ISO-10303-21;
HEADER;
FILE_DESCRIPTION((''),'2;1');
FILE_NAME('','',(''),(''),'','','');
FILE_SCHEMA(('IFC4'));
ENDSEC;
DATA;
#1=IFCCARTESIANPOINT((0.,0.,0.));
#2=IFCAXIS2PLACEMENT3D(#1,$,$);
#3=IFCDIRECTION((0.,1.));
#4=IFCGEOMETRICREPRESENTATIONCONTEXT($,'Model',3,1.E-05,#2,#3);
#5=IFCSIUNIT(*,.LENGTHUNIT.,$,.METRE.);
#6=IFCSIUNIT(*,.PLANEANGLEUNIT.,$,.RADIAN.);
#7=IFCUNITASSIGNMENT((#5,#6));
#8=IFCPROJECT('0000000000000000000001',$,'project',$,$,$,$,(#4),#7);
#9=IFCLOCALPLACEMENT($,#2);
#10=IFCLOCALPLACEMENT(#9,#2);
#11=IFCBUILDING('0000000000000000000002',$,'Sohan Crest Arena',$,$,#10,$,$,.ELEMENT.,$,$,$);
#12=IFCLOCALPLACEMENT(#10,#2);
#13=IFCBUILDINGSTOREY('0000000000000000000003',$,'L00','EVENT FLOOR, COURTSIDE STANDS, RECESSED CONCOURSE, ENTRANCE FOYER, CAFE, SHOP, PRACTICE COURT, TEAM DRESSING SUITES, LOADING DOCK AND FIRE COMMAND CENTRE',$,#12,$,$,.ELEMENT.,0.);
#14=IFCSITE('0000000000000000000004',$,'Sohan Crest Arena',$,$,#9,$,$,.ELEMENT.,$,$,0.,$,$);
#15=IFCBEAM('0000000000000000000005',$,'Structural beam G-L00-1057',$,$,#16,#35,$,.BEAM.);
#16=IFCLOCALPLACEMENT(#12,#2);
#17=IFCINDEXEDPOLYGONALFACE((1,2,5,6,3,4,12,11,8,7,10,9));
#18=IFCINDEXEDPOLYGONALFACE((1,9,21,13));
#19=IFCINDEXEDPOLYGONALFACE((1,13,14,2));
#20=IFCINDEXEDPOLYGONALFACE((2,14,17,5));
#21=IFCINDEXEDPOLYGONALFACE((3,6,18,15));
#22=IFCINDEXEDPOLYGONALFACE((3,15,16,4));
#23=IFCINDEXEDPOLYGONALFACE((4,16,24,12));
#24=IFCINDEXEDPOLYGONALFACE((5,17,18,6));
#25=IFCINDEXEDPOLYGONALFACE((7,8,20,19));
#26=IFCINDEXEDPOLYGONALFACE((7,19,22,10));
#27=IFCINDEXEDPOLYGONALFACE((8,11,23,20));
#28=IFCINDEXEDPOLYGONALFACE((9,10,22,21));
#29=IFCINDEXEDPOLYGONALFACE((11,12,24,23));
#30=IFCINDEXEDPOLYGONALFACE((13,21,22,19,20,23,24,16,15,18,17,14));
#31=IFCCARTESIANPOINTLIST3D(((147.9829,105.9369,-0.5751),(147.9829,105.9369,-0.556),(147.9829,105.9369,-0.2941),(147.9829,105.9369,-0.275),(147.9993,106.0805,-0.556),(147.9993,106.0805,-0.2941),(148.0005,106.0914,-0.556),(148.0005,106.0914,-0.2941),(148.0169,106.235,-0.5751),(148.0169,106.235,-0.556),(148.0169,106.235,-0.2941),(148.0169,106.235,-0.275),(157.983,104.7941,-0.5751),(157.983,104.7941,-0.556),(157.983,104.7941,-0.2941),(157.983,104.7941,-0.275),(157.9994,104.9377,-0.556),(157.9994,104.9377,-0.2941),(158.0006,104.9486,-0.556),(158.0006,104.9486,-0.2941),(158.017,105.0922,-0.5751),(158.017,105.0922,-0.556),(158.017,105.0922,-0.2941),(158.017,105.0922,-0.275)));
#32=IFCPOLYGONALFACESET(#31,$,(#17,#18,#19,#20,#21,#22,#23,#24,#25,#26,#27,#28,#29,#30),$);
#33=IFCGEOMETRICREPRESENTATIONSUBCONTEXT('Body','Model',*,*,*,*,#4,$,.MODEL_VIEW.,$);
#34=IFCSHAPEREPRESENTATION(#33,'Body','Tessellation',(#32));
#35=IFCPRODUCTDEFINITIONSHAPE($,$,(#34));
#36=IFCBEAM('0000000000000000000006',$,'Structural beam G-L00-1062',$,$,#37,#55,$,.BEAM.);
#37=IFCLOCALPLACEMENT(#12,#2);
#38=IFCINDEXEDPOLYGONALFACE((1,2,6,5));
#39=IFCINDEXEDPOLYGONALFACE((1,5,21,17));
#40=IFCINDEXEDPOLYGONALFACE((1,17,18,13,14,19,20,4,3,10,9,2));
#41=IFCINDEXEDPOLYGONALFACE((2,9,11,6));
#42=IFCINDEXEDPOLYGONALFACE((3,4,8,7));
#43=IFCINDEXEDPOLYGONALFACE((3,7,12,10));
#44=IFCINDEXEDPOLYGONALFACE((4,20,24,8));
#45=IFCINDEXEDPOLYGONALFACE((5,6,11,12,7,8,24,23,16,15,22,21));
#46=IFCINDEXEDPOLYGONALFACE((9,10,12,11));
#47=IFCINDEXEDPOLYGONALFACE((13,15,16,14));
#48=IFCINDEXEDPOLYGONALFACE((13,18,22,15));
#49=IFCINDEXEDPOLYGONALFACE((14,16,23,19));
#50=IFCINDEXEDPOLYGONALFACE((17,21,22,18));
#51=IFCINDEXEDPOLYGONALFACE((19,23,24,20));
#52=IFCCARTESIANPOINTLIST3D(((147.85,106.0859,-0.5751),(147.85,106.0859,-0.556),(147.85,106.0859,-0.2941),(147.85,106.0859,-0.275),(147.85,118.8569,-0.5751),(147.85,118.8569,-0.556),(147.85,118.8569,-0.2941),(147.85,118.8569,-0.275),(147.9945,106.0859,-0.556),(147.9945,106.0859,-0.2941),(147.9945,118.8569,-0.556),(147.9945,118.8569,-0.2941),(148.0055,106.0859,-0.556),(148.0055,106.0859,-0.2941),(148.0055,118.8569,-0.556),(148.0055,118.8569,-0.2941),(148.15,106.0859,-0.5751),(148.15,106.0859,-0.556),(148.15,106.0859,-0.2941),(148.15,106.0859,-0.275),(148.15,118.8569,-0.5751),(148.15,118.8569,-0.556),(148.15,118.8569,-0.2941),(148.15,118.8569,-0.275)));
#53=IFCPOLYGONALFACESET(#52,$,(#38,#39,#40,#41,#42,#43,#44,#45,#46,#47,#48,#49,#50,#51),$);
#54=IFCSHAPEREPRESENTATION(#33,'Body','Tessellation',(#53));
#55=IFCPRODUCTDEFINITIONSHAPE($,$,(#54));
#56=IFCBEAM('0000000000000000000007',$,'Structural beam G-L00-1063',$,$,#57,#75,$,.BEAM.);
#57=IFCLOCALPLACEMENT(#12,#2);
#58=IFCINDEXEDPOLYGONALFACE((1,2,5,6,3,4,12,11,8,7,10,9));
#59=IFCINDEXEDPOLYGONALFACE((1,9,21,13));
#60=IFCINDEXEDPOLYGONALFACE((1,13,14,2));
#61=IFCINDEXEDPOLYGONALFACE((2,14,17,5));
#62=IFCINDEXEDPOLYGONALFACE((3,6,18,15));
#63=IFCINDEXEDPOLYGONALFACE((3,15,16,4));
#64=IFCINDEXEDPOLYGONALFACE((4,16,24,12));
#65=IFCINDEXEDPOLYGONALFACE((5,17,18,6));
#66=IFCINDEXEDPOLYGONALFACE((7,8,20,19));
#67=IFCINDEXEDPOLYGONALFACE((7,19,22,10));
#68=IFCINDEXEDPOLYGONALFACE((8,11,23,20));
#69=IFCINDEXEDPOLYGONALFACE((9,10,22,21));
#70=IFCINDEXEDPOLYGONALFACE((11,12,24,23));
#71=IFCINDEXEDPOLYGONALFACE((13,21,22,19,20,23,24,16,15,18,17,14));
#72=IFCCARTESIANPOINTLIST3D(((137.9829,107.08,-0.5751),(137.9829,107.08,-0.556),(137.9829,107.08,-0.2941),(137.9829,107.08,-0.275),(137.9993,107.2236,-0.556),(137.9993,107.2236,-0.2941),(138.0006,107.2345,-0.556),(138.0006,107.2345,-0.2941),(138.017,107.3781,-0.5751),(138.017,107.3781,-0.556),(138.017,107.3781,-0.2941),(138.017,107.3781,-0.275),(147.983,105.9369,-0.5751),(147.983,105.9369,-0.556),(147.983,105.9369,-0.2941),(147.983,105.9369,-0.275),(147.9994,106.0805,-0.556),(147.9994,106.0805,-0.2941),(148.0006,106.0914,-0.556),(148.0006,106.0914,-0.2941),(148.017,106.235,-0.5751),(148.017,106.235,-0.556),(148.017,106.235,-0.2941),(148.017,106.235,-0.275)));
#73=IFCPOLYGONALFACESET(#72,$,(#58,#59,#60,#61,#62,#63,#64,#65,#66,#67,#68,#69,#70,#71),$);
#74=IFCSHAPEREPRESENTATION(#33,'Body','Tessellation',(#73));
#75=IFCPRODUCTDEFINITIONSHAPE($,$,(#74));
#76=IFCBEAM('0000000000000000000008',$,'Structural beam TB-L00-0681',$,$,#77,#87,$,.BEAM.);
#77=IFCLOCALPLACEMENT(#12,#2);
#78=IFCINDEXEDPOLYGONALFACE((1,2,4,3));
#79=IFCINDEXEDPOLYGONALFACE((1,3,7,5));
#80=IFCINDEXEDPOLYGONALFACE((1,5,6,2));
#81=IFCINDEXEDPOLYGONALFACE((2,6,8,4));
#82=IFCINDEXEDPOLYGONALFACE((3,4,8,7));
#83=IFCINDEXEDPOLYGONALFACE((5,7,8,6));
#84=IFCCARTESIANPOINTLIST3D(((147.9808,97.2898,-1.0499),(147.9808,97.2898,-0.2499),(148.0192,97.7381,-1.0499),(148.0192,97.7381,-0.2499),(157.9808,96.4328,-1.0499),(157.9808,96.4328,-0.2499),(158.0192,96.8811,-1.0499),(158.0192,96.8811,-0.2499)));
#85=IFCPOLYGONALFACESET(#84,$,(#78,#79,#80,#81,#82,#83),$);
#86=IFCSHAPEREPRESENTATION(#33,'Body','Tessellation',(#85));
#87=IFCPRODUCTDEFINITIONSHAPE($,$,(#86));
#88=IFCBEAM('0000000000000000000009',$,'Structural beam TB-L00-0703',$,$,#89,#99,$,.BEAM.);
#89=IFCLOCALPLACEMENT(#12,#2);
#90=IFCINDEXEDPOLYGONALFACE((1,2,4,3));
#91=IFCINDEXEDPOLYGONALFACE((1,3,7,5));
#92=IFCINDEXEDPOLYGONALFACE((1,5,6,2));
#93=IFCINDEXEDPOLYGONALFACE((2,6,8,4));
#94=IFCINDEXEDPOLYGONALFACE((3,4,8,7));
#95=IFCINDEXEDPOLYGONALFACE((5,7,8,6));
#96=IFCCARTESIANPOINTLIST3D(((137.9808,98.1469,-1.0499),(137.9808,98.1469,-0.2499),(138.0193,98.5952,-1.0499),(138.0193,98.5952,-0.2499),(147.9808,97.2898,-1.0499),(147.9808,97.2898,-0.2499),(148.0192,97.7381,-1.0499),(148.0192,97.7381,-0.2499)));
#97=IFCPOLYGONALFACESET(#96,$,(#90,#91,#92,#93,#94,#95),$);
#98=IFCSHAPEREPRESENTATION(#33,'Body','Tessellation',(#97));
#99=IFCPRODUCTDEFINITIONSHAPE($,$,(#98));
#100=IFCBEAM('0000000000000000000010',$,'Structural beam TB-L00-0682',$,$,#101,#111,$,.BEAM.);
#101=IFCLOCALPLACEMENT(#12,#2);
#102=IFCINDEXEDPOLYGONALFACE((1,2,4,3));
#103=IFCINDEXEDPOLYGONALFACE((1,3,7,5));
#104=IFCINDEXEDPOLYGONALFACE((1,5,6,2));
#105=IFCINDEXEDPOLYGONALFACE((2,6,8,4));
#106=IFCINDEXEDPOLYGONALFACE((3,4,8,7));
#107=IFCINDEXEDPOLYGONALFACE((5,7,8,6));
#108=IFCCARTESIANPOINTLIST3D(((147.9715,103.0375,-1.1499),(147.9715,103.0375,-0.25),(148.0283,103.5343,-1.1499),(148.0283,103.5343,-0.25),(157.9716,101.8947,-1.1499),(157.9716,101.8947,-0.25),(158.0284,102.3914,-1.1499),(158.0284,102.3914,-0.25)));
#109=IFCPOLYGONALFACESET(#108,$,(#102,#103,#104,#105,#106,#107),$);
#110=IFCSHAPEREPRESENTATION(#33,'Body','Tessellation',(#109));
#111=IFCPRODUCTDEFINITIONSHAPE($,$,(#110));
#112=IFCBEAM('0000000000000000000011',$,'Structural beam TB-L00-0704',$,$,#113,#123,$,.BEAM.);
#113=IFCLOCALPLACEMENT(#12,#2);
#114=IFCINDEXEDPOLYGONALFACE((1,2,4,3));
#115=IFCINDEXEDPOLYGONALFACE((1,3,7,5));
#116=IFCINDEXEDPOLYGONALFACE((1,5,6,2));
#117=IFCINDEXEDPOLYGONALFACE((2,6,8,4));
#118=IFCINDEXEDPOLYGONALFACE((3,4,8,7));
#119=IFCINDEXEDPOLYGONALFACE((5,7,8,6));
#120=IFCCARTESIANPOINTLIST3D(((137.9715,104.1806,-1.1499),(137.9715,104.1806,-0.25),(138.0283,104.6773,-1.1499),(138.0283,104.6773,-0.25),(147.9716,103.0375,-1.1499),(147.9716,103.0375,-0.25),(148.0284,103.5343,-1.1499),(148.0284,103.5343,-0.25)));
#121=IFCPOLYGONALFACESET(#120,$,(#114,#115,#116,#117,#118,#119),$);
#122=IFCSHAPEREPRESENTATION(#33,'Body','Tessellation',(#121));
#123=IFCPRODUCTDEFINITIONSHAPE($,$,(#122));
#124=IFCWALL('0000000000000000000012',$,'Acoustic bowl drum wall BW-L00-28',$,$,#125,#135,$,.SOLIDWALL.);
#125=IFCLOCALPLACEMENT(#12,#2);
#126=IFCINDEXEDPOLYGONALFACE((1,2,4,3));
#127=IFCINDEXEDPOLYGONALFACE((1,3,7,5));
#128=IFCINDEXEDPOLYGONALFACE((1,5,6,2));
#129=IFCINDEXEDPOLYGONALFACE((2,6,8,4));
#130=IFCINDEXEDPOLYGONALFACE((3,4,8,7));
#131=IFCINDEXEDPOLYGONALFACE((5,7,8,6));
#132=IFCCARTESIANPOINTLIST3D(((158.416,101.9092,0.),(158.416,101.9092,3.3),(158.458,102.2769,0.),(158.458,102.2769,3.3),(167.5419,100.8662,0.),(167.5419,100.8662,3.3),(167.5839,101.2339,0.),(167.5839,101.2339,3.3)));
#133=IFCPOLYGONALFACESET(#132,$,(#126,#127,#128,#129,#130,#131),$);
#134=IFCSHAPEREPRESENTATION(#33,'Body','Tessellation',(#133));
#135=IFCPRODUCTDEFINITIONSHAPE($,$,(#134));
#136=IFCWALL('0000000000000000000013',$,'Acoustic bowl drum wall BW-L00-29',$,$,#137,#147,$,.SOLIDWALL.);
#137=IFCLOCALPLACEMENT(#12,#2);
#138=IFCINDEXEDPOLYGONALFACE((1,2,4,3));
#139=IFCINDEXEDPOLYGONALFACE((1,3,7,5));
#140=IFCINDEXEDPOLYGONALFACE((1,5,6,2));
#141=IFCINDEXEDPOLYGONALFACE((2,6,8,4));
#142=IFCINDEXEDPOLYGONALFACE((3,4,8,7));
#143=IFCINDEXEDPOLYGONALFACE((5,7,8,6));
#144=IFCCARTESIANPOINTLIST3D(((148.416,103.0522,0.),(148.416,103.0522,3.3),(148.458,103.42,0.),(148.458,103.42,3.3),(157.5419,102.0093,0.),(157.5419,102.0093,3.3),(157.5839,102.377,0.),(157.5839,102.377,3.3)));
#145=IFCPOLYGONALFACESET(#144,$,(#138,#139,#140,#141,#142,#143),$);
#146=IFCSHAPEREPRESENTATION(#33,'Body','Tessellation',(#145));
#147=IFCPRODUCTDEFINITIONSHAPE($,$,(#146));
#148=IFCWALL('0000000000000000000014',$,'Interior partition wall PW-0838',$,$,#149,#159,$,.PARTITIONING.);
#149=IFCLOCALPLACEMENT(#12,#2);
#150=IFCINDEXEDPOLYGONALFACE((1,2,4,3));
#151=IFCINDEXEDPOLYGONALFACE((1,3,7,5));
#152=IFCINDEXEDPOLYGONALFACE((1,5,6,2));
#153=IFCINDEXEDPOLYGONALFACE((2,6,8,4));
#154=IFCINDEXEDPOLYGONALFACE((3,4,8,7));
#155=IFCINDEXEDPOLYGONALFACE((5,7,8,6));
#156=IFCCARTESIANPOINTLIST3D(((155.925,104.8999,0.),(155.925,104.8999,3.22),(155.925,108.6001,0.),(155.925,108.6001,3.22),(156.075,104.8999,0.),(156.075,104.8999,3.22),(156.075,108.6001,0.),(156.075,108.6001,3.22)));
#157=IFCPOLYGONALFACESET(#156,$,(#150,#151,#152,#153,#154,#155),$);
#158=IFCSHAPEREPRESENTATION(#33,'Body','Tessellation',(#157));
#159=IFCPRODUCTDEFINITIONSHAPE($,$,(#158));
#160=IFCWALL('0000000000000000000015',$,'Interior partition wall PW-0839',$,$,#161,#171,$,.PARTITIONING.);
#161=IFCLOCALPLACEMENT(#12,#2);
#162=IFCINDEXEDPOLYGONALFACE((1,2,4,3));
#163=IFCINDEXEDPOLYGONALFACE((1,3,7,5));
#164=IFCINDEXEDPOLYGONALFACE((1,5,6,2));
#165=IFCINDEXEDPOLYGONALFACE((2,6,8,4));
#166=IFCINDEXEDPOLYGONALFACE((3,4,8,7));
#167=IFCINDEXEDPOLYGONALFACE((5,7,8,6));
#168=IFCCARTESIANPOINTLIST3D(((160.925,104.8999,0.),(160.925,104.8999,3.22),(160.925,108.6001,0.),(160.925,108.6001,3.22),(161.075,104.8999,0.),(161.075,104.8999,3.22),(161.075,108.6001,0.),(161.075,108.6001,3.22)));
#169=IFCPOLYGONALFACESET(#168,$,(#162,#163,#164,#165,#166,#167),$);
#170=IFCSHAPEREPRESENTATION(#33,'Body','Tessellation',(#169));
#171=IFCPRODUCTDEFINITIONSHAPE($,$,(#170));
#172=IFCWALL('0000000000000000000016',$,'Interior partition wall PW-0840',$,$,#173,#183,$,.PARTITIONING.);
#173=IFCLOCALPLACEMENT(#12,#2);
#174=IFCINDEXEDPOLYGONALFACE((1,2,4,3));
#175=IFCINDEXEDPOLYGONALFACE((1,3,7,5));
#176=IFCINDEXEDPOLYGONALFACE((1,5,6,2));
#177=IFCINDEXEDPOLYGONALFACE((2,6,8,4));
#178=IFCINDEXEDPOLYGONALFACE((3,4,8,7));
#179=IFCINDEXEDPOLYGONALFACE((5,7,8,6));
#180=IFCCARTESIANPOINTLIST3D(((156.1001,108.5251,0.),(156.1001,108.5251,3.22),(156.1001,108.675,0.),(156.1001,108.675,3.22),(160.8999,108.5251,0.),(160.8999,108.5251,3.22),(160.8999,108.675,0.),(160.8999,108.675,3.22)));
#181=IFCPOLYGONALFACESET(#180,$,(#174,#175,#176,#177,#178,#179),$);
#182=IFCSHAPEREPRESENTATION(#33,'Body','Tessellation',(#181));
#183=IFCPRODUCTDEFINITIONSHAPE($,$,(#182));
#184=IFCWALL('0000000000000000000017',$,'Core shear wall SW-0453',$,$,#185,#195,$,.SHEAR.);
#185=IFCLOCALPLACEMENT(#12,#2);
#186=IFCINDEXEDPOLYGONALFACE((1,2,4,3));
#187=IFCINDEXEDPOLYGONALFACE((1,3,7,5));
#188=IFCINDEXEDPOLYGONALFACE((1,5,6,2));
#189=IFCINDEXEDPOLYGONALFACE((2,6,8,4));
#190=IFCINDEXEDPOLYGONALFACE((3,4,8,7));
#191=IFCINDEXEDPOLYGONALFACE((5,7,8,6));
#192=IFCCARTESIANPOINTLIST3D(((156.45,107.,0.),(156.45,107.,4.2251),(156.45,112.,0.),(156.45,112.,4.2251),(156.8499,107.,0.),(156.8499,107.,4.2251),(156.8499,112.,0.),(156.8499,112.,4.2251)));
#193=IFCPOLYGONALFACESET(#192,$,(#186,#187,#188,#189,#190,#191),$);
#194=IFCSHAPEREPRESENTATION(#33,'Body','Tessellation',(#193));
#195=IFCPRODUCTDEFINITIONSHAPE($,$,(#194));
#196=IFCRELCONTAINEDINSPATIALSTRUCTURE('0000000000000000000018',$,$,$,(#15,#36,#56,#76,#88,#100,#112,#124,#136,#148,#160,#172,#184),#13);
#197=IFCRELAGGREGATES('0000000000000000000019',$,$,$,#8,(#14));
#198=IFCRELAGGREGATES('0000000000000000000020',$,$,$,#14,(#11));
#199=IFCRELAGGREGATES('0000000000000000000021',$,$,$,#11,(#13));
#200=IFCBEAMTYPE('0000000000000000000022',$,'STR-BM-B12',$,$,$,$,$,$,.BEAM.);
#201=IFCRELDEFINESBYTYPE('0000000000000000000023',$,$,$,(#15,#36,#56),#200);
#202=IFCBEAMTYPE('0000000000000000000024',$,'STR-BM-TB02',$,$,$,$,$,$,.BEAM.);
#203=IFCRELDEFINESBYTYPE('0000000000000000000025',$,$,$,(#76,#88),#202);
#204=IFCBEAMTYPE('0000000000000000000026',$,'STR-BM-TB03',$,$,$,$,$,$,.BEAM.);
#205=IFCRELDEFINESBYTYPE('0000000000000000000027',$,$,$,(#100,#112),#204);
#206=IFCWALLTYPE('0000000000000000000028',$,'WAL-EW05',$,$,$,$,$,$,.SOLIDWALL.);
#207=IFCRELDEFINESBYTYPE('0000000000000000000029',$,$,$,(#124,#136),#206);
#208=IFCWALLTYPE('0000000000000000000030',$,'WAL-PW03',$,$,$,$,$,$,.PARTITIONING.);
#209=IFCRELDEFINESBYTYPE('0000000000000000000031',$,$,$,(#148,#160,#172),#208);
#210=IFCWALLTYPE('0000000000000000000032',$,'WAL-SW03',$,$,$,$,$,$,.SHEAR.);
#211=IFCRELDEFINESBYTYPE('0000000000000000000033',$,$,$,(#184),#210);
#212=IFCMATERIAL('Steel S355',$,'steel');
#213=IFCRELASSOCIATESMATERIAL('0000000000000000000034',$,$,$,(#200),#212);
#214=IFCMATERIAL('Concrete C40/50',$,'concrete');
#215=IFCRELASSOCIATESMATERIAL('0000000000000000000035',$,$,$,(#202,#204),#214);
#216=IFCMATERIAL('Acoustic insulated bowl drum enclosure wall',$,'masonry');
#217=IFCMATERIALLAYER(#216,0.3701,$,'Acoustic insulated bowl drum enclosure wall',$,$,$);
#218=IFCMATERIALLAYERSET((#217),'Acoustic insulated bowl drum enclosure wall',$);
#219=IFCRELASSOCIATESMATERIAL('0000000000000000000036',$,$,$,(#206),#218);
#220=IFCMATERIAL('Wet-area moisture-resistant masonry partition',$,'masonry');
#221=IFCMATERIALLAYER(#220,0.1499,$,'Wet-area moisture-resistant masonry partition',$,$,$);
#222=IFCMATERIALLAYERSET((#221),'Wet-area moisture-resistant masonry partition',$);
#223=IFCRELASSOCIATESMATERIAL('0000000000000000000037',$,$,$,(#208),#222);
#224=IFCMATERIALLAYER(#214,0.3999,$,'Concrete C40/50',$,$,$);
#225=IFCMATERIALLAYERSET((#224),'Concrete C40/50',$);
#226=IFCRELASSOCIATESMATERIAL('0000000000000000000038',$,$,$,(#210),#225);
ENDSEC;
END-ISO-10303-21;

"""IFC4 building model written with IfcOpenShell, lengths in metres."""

from ifc_helpers import new_model, si_unit, direction, frame, frame_2d, origin, origin_2d, place, context, subcontext, project, spatial, rectangle, i_section, extrude, material, layer, layer_set, material_profile, profile_set, type_object, element, save


model = new_model("IFC4")

# Units and contexts
model_context = context("Model", 3, precision=1e-05, world=origin(), true_north=direction((0.0, 1.0)))
body_context = subcontext(model_context, "Body", "Model", "MODEL_VIEW")
ifc_project = project(units=[si_unit("LENGTHUNIT", "METRE"), si_unit("PLANEANGLEUNIT", "RADIAN")], contexts=[model_context])

# Site, building, storey
site_placement = place(None, origin())
site = spatial("IfcSite", under=ifc_project, at=site_placement, Name="Sohan Crest Arena", CompositionType="ELEMENT", RefElevation=0.0)
building_placement = place(site_placement, origin())
building = spatial("IfcBuilding", under=site, at=building_placement, Name="Sohan Crest Arena", CompositionType="ELEMENT")
storey_placement = place(building_placement, origin())
storey = spatial("IfcBuildingStorey", under=building, at=storey_placement, Name="L00", Description="EVENT FLOOR, COURTSIDE STANDS, RECESSED CONCOURSE, ENTRANCE FOYER, CAFE, SHOP, PRACTICE COURT, TEAM DRESSING SUITES, LOADING DOCK AND FIRE COMMAND CENTRE", CompositionType="ELEMENT", Elevation=0.0)

# Shared definitions
ifc_material_1 = material(Name="Concrete C40/50", Category="concrete")
ifc_material_2 = material(Name="Steel S355", Category="steel")

# Beams
ifc_material_profile_1 = material_profile(ifc_material_2, i_section(OverallWidth=0.3, OverallDepth=0.3, WebThickness=0.011, FlangeThickness=0.019, at=origin_2d()), Name="HEB 300")
ifc_profile_set_1 = profile_set([ifc_material_profile_1], Name="Steel S355")
beam_type_1 = type_object("IfcBeamType", Name="STR-BM-B12", PredefinedType="BEAM", material=ifc_profile_set_1)
beam_1_placement = place(storey_placement, frame((158.0, 104.9431, -0.425), z_axis=(-0.993533, 0.113543, 0.0), x_axis=(-0.113543, -0.993533, 0.0)))
element("IfcBeam", 1, at=beam_1_placement, inside=storey, type_object=beam_type_1, Name="Structural beam G-L00-1057", PredefinedType="BEAM", context=body_context, shape_type="SweptSolid", body=[
    extrude(i_section(OverallWidth=0.3, OverallDepth=0.3, WebThickness=0.011, FlangeThickness=0.019, at=origin_2d()), origin(), (0.0, 0.0, 1.0), 10.0652),
])
beam_2_placement = place(storey_placement, frame((148.0, 106.0859, -0.425), z_axis=(0.0, 1.0, 0.0), x_axis=(-1.0, 0.0, 0.0)))
element("IfcBeam", 2, at=beam_2_placement, inside=storey, type_object=beam_type_1, Name="Structural beam G-L00-1062", PredefinedType="BEAM", context=body_context, shape_type="SweptSolid", body=[
    extrude(i_section(OverallWidth=0.3, OverallDepth=0.3, WebThickness=0.011, FlangeThickness=0.019, at=origin_2d()), origin(), (0.0, 0.0, 1.0), 12.771),
])
beam_3_placement = place(storey_placement, frame((148.0, 106.0859, -0.425), z_axis=(-0.99353, 0.113567, 0.0), x_axis=(-0.113567, -0.99353, 0.0)))
element("IfcBeam", 3, at=beam_3_placement, inside=storey, type_object=beam_type_1, Name="Structural beam G-L00-1063", PredefinedType="BEAM", context=body_context, shape_type="SweptSolid", body=[
    extrude(i_section(OverallWidth=0.3, OverallDepth=0.3, WebThickness=0.011, FlangeThickness=0.019, at=origin_2d()), origin(), (0.0, 0.0, 1.0), 10.0652),
])
ifc_material_profile_2 = material_profile(ifc_material_1, rectangle(XDim=0.45, YDim=0.8, at=origin_2d()), Name="RC-BM 450x800")
ifc_profile_set_2 = profile_set([ifc_material_profile_2], Name="Concrete C40/50")
beam_type_2 = type_object("IfcBeamType", Name="STR-BM-TB02", PredefinedType="BEAM", material=ifc_profile_set_2)
for number, where, z_axis, x_axis, name in (
    (4, (158.0, 96.657, -0.6499), (-0.996348, 0.08538, 0.0), (-0.08538, -0.996348, 0.0), "Structural beam TB-L00-0681"),
    (5, (148.0, 97.5139, -0.6499), (-0.996346, 0.085405, 0.0), (-0.085405, -0.996346, 0.0), "Structural beam TB-L00-0703"),
):
    element("IfcBeam", number, at=place(storey_placement, frame(where, z_axis=z_axis, x_axis=x_axis)), inside=storey, type_object=beam_type_2, Name=name, PredefinedType="BEAM", context=body_context, shape_type="SweptSolid", body=[
        extrude(rectangle(XDim=0.45, YDim=0.8, at=origin_2d()), origin(), (0.0, 0.0, 1.0), 10.0366),
    ])
ifc_material_profile_3 = material_profile(ifc_material_1, rectangle(XDim=0.5, YDim=0.8999, at=origin_2d()), Name="RC-BM 500x900")
ifc_profile_set_3 = profile_set([ifc_material_profile_3], Name="Concrete C40/50")
beam_type_3 = type_object("IfcBeamType", Name="STR-BM-TB03", PredefinedType="BEAM", material=ifc_profile_set_3)
for number, where, z_axis, x_axis, name in (
    (6, (158.0, 102.1431, -0.7), (-0.993533, 0.113543, 0.0), (-0.113543, -0.993533, 0.0), "Structural beam TB-L00-0682"),
    (7, (148.0, 103.2859, -0.7), (-0.99353, 0.113567, 0.0), (-0.113567, -0.99353, 0.0), "Structural beam TB-L00-0704"),
):
    element("IfcBeam", number, at=place(storey_placement, frame(where, z_axis=z_axis, x_axis=x_axis)), inside=storey, type_object=beam_type_3, Name=name, PredefinedType="BEAM", context=body_context, shape_type="SweptSolid", body=[
        extrude(rectangle(XDim=0.5, YDim=0.8999, at=origin_2d()), origin(), (0.0, 0.0, 1.0), 10.0652),
    ])

# Walls
ifc_material_3 = material(Name="Acoustic insulated bowl drum enclosure wall", Category="masonry")
ifc_layer_1 = layer(ifc_material_3, 0.3701, Name="Acoustic insulated bowl drum enclosure wall")
ifc_layer_set_1 = layer_set([ifc_layer_1], Name="Acoustic insulated bowl drum enclosure wall")
wall_type_1 = type_object("IfcWallType", Name="WAL-EW05", PredefinedType="SOLIDWALL", material=ifc_layer_set_1)
for number, where, z_axis, x_axis, name in (
    (8, (167.563, 101.05, 0.0), (0.0, 0.0, 1.0), (-0.993533, 0.113547, 0.0), "Acoustic bowl drum wall BW-L00-28"),
    (9, (157.563, 102.1931, 0.0), (0.0, 0.0, 1.0), (-0.993533, 0.113547, 0.0), "Acoustic bowl drum wall BW-L00-29"),
):
    element("IfcWall", number, at=place(storey_placement, frame(where, z_axis=z_axis, x_axis=x_axis)), inside=storey, type_object=wall_type_1, Name=name, PredefinedType="SOLIDWALL", context=body_context, shape_type="SweptSolid", body=[
        extrude(rectangle(XDim=9.1853, YDim=0.3701, at=frame_2d((4.5928, 0.0))), origin(), (0.0, 0.0, 1.0), 3.3),
    ])
ifc_material_4 = material(Name="Wet-area moisture-resistant masonry partition", Category="masonry")
ifc_layer_2 = layer(ifc_material_4, 0.1499, Name="Wet-area moisture-resistant masonry partition")
ifc_layer_set_2 = layer_set([ifc_layer_2], Name="Wet-area moisture-resistant masonry partition")
wall_type_2 = type_object("IfcWallType", Name="WAL-PW03", PredefinedType="PARTITIONING", material=ifc_layer_set_2)
for number, where, z_axis, x_axis, name in (
    (10, (156.0, 104.8999, 0.0), (0.0, 0.0, 1.0), (0.0, 1.0, 0.0), "Interior partition wall PW-0838"),
    (11, (161.0, 104.8999, 0.0), (0.0, 0.0, 1.0), (0.0, 1.0, 0.0), "Interior partition wall PW-0839"),
):
    element("IfcWall", number, at=place(storey_placement, frame(where, z_axis=z_axis, x_axis=x_axis)), inside=storey, type_object=wall_type_2, Name=name, PredefinedType="PARTITIONING", context=body_context, shape_type="SweptSolid", body=[
        extrude(rectangle(XDim=3.7002, YDim=0.1499, at=frame_2d((1.8501, 0.0))), origin(), (0.0, 0.0, 1.0), 3.22),
    ])
wall_1_placement = place(storey_placement, frame((156.1001, 108.6001, 0.0), z_axis=(0.0, 0.0, 1.0), x_axis=(1.0, 0.0, 0.0)))
element("IfcWall", 12, at=wall_1_placement, inside=storey, type_object=wall_type_2, Name="Interior partition wall PW-0840", PredefinedType="PARTITIONING", context=body_context, shape_type="SweptSolid", body=[
    extrude(rectangle(XDim=4.7998, YDim=0.1499, at=frame_2d((2.3999, 0.0))), origin(), (0.0, 0.0, 1.0), 3.22),
])

# Wall
ifc_layer_3 = layer(ifc_material_1, 0.3999, Name="Concrete C40/50")
ifc_layer_set_3 = layer_set([ifc_layer_3], Name="Concrete C40/50")
wall_type_3 = type_object("IfcWallType", Name="WAL-SW03", PredefinedType="SHEAR", material=ifc_layer_set_3)
wall_2_placement = place(storey_placement, frame((156.6499, 107.0, 0.0), z_axis=(0.0, 0.0, 1.0), x_axis=(0.0, 1.0, 0.0)))
element("IfcWall", 13, at=wall_2_placement, inside=storey, type_object=wall_type_3, Name="Core shear wall SW-0453", PredefinedType="SHEAR", context=body_context, shape_type="SweptSolid", body=[
    extrude(rectangle(XDim=5.0, YDim=0.3999, at=frame_2d((2.5, 0.0))), origin(), (0.0, 0.0, 1.0), 4.2251),
])

save(model, "model.ifc")
